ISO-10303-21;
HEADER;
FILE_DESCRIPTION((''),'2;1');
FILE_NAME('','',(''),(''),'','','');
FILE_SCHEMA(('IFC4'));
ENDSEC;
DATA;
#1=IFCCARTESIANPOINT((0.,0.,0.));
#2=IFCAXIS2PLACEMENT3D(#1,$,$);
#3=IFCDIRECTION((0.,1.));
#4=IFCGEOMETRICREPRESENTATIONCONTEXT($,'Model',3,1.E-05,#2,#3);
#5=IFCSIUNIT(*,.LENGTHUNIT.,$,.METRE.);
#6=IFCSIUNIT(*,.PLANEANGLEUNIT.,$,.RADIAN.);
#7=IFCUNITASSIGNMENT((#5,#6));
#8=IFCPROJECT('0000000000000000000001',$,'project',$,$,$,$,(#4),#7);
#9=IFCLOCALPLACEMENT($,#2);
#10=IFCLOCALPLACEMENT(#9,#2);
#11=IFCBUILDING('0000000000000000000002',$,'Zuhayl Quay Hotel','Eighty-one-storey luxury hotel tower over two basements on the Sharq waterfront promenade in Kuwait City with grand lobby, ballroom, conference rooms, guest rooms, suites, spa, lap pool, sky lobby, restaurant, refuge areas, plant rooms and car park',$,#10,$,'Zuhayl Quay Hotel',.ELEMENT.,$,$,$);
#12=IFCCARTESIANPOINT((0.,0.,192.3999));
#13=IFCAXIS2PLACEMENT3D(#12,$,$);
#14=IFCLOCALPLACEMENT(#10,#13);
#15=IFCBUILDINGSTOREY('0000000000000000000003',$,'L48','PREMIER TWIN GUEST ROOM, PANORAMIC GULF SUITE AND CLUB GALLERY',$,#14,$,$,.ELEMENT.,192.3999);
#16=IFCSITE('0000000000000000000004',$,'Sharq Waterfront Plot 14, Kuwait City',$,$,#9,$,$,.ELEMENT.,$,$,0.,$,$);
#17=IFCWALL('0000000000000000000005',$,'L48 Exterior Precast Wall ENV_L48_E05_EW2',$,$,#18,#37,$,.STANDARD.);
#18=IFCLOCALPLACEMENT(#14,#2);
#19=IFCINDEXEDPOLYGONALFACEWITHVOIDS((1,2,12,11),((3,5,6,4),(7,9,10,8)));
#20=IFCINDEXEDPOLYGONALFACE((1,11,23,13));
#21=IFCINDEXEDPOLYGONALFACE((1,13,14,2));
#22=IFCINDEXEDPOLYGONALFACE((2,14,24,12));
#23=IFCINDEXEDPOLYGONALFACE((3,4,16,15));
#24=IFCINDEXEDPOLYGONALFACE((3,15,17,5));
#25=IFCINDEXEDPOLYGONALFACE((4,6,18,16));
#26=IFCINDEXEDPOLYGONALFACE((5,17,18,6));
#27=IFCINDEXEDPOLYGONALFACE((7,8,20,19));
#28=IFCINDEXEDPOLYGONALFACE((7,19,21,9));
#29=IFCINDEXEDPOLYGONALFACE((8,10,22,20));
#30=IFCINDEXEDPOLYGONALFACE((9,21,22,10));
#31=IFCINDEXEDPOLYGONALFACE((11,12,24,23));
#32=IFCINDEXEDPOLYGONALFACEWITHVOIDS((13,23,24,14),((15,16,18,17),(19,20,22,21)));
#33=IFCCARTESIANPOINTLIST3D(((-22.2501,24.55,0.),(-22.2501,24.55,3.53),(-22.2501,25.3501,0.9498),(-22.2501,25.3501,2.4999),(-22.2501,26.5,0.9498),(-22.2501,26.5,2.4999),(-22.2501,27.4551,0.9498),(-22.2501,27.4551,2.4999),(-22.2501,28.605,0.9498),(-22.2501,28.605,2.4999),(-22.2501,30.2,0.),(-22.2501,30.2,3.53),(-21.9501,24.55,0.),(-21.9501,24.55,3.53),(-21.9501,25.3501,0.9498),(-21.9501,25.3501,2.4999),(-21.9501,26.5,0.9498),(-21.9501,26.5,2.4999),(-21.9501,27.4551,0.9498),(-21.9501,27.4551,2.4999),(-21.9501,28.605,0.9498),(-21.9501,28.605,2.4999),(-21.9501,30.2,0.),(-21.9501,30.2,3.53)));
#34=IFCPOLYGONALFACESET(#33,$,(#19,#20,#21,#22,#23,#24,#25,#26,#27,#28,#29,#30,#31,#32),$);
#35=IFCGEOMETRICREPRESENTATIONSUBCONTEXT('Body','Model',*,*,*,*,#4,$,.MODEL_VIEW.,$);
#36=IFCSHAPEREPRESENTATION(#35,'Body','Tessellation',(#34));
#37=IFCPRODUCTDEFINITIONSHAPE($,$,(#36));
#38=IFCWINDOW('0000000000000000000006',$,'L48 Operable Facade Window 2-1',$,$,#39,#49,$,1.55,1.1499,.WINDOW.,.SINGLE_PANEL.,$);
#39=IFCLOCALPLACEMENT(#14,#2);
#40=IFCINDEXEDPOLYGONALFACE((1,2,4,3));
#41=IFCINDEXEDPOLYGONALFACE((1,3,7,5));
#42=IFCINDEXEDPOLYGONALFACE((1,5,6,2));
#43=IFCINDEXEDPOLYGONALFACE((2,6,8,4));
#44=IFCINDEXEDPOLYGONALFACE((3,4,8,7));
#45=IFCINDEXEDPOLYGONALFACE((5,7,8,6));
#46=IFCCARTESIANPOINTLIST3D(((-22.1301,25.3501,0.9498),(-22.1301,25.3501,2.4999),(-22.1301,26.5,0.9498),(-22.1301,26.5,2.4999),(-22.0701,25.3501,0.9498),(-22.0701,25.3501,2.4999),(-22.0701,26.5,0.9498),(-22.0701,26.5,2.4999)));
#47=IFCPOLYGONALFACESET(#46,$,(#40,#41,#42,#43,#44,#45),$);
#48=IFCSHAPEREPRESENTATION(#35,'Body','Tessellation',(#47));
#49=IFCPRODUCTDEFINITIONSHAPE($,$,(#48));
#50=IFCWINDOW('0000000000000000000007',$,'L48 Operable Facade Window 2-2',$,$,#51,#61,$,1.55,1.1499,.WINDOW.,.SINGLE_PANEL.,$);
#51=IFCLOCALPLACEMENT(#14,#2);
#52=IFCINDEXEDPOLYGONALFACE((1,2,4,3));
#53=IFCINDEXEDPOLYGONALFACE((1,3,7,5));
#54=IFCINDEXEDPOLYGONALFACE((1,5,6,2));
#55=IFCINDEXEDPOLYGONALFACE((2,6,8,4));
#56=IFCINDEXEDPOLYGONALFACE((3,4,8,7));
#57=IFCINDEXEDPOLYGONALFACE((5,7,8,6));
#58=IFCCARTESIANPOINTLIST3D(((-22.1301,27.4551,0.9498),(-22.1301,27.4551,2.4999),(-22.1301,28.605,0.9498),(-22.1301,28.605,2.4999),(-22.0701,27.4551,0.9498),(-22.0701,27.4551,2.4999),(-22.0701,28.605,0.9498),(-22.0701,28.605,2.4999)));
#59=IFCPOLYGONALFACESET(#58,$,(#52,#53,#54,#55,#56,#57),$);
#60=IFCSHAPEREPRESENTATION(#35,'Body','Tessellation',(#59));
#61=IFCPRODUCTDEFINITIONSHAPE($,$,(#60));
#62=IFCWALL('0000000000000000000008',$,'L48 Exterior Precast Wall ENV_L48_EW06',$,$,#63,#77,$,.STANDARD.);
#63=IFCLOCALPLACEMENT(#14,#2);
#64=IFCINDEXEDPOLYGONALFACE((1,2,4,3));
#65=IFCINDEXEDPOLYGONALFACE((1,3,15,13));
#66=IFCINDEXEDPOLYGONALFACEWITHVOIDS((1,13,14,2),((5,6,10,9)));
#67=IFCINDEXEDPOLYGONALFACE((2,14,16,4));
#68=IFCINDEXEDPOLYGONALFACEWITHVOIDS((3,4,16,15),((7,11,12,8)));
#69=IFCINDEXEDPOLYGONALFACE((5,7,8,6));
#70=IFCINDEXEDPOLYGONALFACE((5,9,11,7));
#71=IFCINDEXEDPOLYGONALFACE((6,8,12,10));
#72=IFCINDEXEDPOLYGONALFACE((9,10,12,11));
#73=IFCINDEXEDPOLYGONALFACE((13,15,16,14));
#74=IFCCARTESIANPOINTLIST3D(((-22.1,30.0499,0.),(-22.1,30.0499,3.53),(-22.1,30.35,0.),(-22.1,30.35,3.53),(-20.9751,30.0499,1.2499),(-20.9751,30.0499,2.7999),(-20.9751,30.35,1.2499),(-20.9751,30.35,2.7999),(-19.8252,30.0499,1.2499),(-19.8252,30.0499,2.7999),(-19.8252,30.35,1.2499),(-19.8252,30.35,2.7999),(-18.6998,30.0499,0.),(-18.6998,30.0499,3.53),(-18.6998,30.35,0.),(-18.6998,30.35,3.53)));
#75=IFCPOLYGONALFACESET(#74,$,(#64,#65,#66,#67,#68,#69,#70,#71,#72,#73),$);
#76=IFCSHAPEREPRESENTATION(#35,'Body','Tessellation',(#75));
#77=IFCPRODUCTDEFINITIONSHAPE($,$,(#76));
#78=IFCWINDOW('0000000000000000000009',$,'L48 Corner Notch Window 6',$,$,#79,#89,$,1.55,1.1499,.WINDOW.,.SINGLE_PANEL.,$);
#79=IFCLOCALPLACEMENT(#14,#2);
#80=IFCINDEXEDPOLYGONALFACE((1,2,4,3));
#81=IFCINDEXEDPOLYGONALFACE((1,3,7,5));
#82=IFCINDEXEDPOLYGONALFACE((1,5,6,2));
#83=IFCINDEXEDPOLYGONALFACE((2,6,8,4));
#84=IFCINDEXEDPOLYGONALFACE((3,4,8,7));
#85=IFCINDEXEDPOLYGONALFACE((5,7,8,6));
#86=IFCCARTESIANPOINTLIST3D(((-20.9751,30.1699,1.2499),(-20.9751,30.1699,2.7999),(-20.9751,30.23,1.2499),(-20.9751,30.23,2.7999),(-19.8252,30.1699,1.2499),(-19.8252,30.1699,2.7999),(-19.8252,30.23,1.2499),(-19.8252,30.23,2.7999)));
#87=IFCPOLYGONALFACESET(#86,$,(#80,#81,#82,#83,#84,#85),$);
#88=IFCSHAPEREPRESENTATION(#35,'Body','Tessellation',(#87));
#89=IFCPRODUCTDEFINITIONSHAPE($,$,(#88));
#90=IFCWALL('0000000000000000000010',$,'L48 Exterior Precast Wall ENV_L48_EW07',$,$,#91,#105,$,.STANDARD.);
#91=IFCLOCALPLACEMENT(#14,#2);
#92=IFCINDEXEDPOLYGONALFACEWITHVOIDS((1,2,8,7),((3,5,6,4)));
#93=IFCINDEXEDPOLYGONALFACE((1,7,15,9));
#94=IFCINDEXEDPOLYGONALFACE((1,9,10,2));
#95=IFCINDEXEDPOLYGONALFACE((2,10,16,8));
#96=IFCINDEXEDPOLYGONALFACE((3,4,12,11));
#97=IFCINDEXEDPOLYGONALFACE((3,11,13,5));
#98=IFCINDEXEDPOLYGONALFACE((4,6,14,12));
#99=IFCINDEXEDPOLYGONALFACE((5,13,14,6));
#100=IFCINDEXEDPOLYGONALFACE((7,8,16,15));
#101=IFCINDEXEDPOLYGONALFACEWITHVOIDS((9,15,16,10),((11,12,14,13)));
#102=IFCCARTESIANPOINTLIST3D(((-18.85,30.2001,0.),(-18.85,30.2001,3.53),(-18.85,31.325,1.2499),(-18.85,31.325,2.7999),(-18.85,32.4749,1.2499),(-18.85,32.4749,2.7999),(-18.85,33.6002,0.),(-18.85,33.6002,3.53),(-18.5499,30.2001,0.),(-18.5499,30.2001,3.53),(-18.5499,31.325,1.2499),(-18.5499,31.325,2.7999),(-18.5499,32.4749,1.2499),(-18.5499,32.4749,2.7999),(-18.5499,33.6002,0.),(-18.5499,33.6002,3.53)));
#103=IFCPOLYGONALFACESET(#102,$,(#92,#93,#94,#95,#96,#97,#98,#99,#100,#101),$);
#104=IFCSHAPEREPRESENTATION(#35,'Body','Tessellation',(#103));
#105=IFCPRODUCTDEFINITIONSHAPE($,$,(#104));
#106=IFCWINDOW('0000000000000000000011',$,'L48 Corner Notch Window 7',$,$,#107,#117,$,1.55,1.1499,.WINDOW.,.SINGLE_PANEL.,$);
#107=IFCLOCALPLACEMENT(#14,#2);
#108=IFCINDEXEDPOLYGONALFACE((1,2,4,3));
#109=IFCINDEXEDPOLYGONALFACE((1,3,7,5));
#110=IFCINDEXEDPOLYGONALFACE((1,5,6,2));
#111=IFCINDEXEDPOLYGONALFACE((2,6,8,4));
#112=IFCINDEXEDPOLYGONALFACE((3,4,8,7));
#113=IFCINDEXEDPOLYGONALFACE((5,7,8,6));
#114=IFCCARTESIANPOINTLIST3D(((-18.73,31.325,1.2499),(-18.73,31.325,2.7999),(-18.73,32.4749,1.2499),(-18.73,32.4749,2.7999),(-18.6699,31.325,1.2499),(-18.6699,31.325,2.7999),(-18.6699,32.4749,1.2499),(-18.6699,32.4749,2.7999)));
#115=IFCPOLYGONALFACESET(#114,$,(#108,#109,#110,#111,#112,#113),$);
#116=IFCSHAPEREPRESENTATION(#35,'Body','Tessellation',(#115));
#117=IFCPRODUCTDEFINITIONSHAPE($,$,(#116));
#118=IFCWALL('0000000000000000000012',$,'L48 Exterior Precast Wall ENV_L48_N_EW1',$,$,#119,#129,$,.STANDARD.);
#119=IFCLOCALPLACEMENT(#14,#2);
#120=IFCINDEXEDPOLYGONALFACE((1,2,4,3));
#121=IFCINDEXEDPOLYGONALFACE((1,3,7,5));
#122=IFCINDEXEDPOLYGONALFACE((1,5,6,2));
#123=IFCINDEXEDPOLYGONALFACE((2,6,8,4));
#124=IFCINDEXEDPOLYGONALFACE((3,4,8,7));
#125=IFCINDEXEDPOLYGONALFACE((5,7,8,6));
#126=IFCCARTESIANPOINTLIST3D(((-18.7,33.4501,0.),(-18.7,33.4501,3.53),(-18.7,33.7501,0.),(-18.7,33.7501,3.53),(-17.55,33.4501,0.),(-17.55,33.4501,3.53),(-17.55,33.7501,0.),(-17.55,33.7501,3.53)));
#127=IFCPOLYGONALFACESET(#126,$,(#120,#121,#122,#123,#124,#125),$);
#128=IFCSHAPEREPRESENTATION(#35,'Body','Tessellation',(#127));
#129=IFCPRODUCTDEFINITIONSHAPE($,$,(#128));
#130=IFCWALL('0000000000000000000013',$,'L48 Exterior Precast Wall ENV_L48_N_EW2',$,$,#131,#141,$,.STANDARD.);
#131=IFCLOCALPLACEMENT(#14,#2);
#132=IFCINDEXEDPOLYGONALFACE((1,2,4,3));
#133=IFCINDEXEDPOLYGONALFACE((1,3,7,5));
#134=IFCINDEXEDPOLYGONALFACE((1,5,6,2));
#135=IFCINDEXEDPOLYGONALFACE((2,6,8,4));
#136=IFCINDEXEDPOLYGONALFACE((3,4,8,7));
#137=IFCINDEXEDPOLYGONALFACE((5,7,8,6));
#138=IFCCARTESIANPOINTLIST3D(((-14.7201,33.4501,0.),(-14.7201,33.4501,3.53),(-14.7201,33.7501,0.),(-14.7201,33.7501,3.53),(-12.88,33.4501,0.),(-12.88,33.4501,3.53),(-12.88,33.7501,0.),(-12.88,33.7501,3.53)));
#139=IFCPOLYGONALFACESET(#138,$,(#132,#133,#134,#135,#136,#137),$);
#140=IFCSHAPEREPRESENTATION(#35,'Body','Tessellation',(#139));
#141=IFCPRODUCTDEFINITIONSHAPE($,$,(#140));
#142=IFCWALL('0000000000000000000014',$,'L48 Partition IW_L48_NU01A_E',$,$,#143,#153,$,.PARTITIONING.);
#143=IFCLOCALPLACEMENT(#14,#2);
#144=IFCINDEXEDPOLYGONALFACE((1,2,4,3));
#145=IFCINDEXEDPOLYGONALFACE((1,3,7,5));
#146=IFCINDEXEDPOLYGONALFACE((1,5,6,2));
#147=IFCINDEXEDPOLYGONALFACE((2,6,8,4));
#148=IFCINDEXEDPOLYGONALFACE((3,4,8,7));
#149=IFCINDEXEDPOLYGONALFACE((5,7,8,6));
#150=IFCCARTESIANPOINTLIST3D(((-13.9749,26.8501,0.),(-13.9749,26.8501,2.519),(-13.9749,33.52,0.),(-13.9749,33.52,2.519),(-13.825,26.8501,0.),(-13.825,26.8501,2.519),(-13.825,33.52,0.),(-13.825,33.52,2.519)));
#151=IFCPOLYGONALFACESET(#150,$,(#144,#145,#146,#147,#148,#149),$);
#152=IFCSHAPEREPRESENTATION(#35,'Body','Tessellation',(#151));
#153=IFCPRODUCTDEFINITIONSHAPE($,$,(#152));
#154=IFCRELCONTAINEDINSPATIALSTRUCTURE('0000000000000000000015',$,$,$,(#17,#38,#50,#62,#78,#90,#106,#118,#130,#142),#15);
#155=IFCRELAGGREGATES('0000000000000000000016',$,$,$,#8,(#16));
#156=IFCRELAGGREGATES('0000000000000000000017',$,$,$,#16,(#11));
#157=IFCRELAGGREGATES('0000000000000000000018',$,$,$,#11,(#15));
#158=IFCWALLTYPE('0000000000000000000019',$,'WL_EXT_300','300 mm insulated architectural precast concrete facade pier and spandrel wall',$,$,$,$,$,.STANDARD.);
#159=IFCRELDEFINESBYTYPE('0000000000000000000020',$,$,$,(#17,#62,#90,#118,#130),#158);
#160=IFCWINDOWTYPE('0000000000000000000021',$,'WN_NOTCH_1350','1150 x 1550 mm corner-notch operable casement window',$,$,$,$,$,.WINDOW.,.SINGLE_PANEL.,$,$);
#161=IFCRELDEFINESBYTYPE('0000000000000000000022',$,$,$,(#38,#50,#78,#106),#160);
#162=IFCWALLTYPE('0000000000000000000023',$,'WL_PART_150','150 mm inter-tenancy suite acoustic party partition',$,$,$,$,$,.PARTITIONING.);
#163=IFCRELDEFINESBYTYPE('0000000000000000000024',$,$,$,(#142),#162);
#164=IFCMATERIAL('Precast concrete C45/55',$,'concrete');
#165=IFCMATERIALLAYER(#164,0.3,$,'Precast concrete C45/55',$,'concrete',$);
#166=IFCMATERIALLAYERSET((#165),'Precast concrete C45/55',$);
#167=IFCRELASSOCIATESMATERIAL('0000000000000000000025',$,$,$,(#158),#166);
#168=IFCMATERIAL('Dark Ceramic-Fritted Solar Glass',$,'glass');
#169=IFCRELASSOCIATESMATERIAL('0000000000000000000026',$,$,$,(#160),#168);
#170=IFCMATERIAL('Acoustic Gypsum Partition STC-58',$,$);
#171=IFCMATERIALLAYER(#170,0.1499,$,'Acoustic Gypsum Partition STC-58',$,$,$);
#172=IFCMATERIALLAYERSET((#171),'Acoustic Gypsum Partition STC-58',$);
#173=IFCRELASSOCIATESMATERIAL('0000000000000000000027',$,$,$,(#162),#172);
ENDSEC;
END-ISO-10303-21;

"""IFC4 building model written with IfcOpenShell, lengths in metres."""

from ifc_helpers import new_model, si_unit, direction, frame, frame_2d, origin, place, context, subcontext, project, spatial, rectangle, extrude, material, layer, layer_set, type_object, element, fill, save


model = new_model("IFC4")

# Units and contexts
model_context = context("Model", 3, precision=1e-05, world=origin(), true_north=direction((0.0, 1.0)))
body_context = subcontext(model_context, "Body", "Model", "MODEL_VIEW")
ifc_project = project(units=[si_unit("LENGTHUNIT", "METRE"), si_unit("PLANEANGLEUNIT", "RADIAN")], contexts=[model_context])

# Site, building, storey
site_placement = place(None, origin())
site = spatial("IfcSite", under=ifc_project, at=site_placement, Name="Sharq Waterfront Plot 14, Kuwait City", CompositionType="ELEMENT", RefElevation=0.0)
building_placement = place(site_placement, origin())
building = spatial("IfcBuilding", under=site, at=building_placement, Name="Zuhayl Quay Hotel", Description="Eighty-one-storey luxury hotel tower over two basements on the Sharq waterfront promenade in Kuwait City with grand lobby, ballroom, conference rooms, guest rooms, suites, spa, lap pool, sky lobby, restaurant, refuge areas, plant rooms and car park", LongName="Zuhayl Quay Hotel", CompositionType="ELEMENT")
storey_placement = place(building_placement, frame((0.0, 0.0, 192.3999)))
storey = spatial("IfcBuildingStorey", under=building, at=storey_placement, Name="L48", Description="PREMIER TWIN GUEST ROOM, PANORAMIC GULF SUITE AND CLUB GALLERY", CompositionType="ELEMENT", Elevation=192.3999)

# Shared definitions
ifc_material_1 = material(Name="Dark Ceramic-Fritted Solar Glass", Category="glass")

# Wall, openings, windows
ifc_material_2 = material(Name="Precast concrete C45/55", Category="concrete")
ifc_layer_1 = layer(ifc_material_2, 0.3, Name="Precast concrete C45/55", Category="concrete")
ifc_layer_set_1 = layer_set([ifc_layer_1], Name="Precast concrete C45/55")
wall_type_1 = type_object("IfcWallType", Name="WL_EXT_300", Description="300 mm insulated architectural precast concrete facade pier and spandrel wall", PredefinedType="STANDARD", material=ifc_layer_set_1)
wall_1_placement = place(storey_placement, frame((-22.1001, 24.55, 0.0), z_axis=(0.0, 0.0, 1.0), x_axis=(0.0, 1.0, 0.0)))
wall_1 = element("IfcWall", 1, at=wall_1_placement, inside=storey, type_object=wall_type_1, Name="L48 Exterior Precast Wall ENV_L48_E05_EW2", PredefinedType="STANDARD", context=body_context, shape_type="SweptSolid", body=[
    extrude(rectangle(XDim=5.6499, YDim=0.3, at=frame_2d((2.825, 0.0))), origin(), (0.0, 0.0, 1.0), 3.53),
])
opening_1_placement = place(wall_1_placement, frame((0.8, 0.0, 0.95)))
opening_1 = element("IfcOpeningElement", 2, at=opening_1_placement, cuts=wall_1, PredefinedType="OPENING", context=body_context, shape_type="SweptSolid", body=[
    extrude(rectangle(XDim=1.1499, YDim=1.55, at=frame_2d((0.575, 0.7749))), frame((0.0, 0.1599, 0.0), z_axis=(0.0, -1.0, 0.0), x_axis=(1.0, 0.0, 0.0)), (0.0, 0.0, 1.0), 0.3201),
])
opening_2_placement = place(wall_1_placement, frame((2.905, 0.0, 0.95)))
opening_2 = element("IfcOpeningElement", 3, at=opening_2_placement, cuts=wall_1, PredefinedType="OPENING", context=body_context, shape_type="SweptSolid", body=[
    extrude(rectangle(XDim=1.1499, YDim=1.55, at=frame_2d((0.575, 0.7749))), frame((0.0, 0.1599, 0.0), z_axis=(0.0, -1.0, 0.0), x_axis=(1.0, 0.0, 0.0)), (0.0, 0.0, 1.0), 0.3201),
])
window_type = type_object("IfcWindowType", Name="WN_NOTCH_1350", Description="1150 x 1550 mm corner-notch operable casement window", PartitioningType="SINGLE_PANEL", PredefinedType="WINDOW", material=ifc_material_1)
window_1_placement = place(opening_1_placement, origin())
window_1 = element("IfcWindow", 4, at=window_1_placement, inside=storey, type_object=window_type, Name="L48 Operable Facade Window 2-1", OverallHeight=1.55, OverallWidth=1.1499, PartitioningType="SINGLE_PANEL", PredefinedType="WINDOW", context=body_context, shape_type="SweptSolid", body=[
    extrude(rectangle(XDim=1.1499, YDim=1.55, at=frame_2d((0.575, 0.7749))), frame((0.0, 0.03, 0.0), z_axis=(0.0, -1.0, 0.0), x_axis=(1.0, 0.0, 0.0)), (0.0, 0.0, 1.0), 0.0601),
])
fill(opening_1, window_1)
window_2_placement = place(opening_2_placement, origin())
window_2 = element("IfcWindow", 5, at=window_2_placement, inside=storey, type_object=window_type, Name="L48 Operable Facade Window 2-2", OverallHeight=1.55, OverallWidth=1.1499, PartitioningType="SINGLE_PANEL", PredefinedType="WINDOW", context=body_context, shape_type="SweptSolid", body=[
    extrude(rectangle(XDim=1.1499, YDim=1.55, at=frame_2d((0.575, 0.7749))), frame((0.0, 0.03, 0.0), z_axis=(0.0, -1.0, 0.0), x_axis=(1.0, 0.0, 0.0)), (0.0, 0.0, 1.0), 0.0601),
])
fill(opening_2, window_2)

# Walls, openings, windows
wall_2_placement = place(storey_placement, frame((-22.1001, 30.2, 0.0), z_axis=(0.0, 0.0, 1.0), x_axis=(1.0, 0.0, 0.0)))
wall_2 = element("IfcWall", 6, at=wall_2_placement, inside=storey, type_object=wall_type_1, Name="L48 Exterior Precast Wall ENV_L48_EW06", PredefinedType="STANDARD", context=body_context, shape_type="SweptSolid", body=[
    extrude(rectangle(XDim=3.4001, YDim=0.3, at=frame_2d((1.7002, 0.0))), origin(), (0.0, 0.0, 1.0), 3.53),
])
opening_3_placement = place(wall_2_placement, frame((1.125, 0.0, 1.25)))
opening_3 = element("IfcOpeningElement", 7, at=opening_3_placement, cuts=wall_2, PredefinedType="OPENING", context=body_context, shape_type="SweptSolid", body=[
    extrude(rectangle(XDim=1.1499, YDim=1.55, at=frame_2d((0.575, 0.7749))), frame((0.0, 0.1599, 0.0), z_axis=(0.0, -1.0, 0.0), x_axis=(1.0, 0.0, 0.0)), (0.0, 0.0, 1.0), 0.3201),
])
window_3_placement = place(opening_3_placement, origin())
window_3 = element("IfcWindow", 8, at=window_3_placement, inside=storey, type_object=window_type, Name="L48 Corner Notch Window 6", OverallHeight=1.55, OverallWidth=1.1499, PartitioningType="SINGLE_PANEL", PredefinedType="WINDOW", context=body_context, shape_type="SweptSolid", body=[
    extrude(rectangle(XDim=1.1499, YDim=1.55, at=frame_2d((0.575, 0.7749))), frame((0.0, 0.03, 0.0), z_axis=(0.0, -1.0, 0.0), x_axis=(1.0, 0.0, 0.0)), (0.0, 0.0, 1.0), 0.0601),
])
fill(opening_3, window_3)
wall_3_placement = place(storey_placement, frame((-18.7, 30.2, 0.0), z_axis=(0.0, 0.0, 1.0), x_axis=(0.0, 1.0, 0.0)))
wall_3 = element("IfcWall", 9, at=wall_3_placement, inside=storey, type_object=wall_type_1, Name="L48 Exterior Precast Wall ENV_L48_EW07", PredefinedType="STANDARD", context=body_context, shape_type="SweptSolid", body=[
    extrude(rectangle(XDim=3.4001, YDim=0.3, at=frame_2d((1.7002, 0.0))), origin(), (0.0, 0.0, 1.0), 3.53),
])
opening_4_placement = place(wall_3_placement, frame((1.125, 0.0, 1.25)))
opening_4 = element("IfcOpeningElement", 10, at=opening_4_placement, cuts=wall_3, PredefinedType="OPENING", context=body_context, shape_type="SweptSolid", body=[
    extrude(rectangle(XDim=1.1499, YDim=1.55, at=frame_2d((0.575, 0.7749))), frame((0.0, 0.1599, 0.0), z_axis=(0.0, -1.0, 0.0), x_axis=(1.0, 0.0, 0.0)), (0.0, 0.0, 1.0), 0.3201),
])
window_4_placement = place(opening_4_placement, origin())
window_4 = element("IfcWindow", 11, at=window_4_placement, inside=storey, type_object=window_type, Name="L48 Corner Notch Window 7", OverallHeight=1.55, OverallWidth=1.1499, PartitioningType="SINGLE_PANEL", PredefinedType="WINDOW", context=body_context, shape_type="SweptSolid", body=[
    extrude(rectangle(XDim=1.1499, YDim=1.55, at=frame_2d((0.575, 0.7749))), frame((0.0, 0.03, 0.0), z_axis=(0.0, -1.0, 0.0), x_axis=(1.0, 0.0, 0.0)), (0.0, 0.0, 1.0), 0.0601),
])
fill(opening_4, window_4)

# Walls
wall_4_placement = place(storey_placement, frame((-18.7, 33.6001, 0.0), z_axis=(0.0, 0.0, 1.0), x_axis=(1.0, 0.0, 0.0)))
element("IfcWall", 12, at=wall_4_placement, inside=storey, type_object=wall_type_1, Name="L48 Exterior Precast Wall ENV_L48_N_EW1", PredefinedType="STANDARD", context=body_context, shape_type="SweptSolid", body=[
    extrude(rectangle(XDim=1.1499, YDim=0.3, at=frame_2d((0.575, 0.0))), origin(), (0.0, 0.0, 1.0), 3.53),
])
wall_5_placement = place(storey_placement, frame((-14.72, 33.6001, 0.0), z_axis=(0.0, 0.0, 1.0), x_axis=(1.0, 0.0, 0.0)))
element("IfcWall", 13, at=wall_5_placement, inside=storey, type_object=wall_type_1, Name="L48 Exterior Precast Wall ENV_L48_N_EW2", PredefinedType="STANDARD", context=body_context, shape_type="SweptSolid", body=[
    extrude(rectangle(XDim=1.8401, YDim=0.3, at=frame_2d((0.9199, 0.0))), origin(), (0.0, 0.0, 1.0), 3.53),
])
ifc_material_3 = material(Name="Acoustic Gypsum Partition STC-58")
ifc_layer_2 = layer(ifc_material_3, 0.1499, Name="Acoustic Gypsum Partition STC-58")
ifc_layer_set_2 = layer_set([ifc_layer_2], Name="Acoustic Gypsum Partition STC-58")
wall_type_2 = type_object("IfcWallType", Name="WL_PART_150", Description="150 mm inter-tenancy suite acoustic party partition", PredefinedType="PARTITIONING", material=ifc_layer_set_2)
wall_6_placement = place(storey_placement, frame((-13.8999, 26.8501, 0.0), z_axis=(0.0, 0.0, 1.0), x_axis=(0.0, 1.0, 0.0)))
element("IfcWall", 14, at=wall_6_placement, inside=storey, type_object=wall_type_2, Name="L48 Partition IW_L48_NU01A_E", PredefinedType="PARTITIONING", context=body_context, shape_type="SweptSolid", body=[
    extrude(rectangle(XDim=6.6699, YDim=0.1499, at=frame_2d((3.335, 0.0))), origin(), (0.0, 0.0, 1.0), 2.519),
])

save(model, "model.ifc")
